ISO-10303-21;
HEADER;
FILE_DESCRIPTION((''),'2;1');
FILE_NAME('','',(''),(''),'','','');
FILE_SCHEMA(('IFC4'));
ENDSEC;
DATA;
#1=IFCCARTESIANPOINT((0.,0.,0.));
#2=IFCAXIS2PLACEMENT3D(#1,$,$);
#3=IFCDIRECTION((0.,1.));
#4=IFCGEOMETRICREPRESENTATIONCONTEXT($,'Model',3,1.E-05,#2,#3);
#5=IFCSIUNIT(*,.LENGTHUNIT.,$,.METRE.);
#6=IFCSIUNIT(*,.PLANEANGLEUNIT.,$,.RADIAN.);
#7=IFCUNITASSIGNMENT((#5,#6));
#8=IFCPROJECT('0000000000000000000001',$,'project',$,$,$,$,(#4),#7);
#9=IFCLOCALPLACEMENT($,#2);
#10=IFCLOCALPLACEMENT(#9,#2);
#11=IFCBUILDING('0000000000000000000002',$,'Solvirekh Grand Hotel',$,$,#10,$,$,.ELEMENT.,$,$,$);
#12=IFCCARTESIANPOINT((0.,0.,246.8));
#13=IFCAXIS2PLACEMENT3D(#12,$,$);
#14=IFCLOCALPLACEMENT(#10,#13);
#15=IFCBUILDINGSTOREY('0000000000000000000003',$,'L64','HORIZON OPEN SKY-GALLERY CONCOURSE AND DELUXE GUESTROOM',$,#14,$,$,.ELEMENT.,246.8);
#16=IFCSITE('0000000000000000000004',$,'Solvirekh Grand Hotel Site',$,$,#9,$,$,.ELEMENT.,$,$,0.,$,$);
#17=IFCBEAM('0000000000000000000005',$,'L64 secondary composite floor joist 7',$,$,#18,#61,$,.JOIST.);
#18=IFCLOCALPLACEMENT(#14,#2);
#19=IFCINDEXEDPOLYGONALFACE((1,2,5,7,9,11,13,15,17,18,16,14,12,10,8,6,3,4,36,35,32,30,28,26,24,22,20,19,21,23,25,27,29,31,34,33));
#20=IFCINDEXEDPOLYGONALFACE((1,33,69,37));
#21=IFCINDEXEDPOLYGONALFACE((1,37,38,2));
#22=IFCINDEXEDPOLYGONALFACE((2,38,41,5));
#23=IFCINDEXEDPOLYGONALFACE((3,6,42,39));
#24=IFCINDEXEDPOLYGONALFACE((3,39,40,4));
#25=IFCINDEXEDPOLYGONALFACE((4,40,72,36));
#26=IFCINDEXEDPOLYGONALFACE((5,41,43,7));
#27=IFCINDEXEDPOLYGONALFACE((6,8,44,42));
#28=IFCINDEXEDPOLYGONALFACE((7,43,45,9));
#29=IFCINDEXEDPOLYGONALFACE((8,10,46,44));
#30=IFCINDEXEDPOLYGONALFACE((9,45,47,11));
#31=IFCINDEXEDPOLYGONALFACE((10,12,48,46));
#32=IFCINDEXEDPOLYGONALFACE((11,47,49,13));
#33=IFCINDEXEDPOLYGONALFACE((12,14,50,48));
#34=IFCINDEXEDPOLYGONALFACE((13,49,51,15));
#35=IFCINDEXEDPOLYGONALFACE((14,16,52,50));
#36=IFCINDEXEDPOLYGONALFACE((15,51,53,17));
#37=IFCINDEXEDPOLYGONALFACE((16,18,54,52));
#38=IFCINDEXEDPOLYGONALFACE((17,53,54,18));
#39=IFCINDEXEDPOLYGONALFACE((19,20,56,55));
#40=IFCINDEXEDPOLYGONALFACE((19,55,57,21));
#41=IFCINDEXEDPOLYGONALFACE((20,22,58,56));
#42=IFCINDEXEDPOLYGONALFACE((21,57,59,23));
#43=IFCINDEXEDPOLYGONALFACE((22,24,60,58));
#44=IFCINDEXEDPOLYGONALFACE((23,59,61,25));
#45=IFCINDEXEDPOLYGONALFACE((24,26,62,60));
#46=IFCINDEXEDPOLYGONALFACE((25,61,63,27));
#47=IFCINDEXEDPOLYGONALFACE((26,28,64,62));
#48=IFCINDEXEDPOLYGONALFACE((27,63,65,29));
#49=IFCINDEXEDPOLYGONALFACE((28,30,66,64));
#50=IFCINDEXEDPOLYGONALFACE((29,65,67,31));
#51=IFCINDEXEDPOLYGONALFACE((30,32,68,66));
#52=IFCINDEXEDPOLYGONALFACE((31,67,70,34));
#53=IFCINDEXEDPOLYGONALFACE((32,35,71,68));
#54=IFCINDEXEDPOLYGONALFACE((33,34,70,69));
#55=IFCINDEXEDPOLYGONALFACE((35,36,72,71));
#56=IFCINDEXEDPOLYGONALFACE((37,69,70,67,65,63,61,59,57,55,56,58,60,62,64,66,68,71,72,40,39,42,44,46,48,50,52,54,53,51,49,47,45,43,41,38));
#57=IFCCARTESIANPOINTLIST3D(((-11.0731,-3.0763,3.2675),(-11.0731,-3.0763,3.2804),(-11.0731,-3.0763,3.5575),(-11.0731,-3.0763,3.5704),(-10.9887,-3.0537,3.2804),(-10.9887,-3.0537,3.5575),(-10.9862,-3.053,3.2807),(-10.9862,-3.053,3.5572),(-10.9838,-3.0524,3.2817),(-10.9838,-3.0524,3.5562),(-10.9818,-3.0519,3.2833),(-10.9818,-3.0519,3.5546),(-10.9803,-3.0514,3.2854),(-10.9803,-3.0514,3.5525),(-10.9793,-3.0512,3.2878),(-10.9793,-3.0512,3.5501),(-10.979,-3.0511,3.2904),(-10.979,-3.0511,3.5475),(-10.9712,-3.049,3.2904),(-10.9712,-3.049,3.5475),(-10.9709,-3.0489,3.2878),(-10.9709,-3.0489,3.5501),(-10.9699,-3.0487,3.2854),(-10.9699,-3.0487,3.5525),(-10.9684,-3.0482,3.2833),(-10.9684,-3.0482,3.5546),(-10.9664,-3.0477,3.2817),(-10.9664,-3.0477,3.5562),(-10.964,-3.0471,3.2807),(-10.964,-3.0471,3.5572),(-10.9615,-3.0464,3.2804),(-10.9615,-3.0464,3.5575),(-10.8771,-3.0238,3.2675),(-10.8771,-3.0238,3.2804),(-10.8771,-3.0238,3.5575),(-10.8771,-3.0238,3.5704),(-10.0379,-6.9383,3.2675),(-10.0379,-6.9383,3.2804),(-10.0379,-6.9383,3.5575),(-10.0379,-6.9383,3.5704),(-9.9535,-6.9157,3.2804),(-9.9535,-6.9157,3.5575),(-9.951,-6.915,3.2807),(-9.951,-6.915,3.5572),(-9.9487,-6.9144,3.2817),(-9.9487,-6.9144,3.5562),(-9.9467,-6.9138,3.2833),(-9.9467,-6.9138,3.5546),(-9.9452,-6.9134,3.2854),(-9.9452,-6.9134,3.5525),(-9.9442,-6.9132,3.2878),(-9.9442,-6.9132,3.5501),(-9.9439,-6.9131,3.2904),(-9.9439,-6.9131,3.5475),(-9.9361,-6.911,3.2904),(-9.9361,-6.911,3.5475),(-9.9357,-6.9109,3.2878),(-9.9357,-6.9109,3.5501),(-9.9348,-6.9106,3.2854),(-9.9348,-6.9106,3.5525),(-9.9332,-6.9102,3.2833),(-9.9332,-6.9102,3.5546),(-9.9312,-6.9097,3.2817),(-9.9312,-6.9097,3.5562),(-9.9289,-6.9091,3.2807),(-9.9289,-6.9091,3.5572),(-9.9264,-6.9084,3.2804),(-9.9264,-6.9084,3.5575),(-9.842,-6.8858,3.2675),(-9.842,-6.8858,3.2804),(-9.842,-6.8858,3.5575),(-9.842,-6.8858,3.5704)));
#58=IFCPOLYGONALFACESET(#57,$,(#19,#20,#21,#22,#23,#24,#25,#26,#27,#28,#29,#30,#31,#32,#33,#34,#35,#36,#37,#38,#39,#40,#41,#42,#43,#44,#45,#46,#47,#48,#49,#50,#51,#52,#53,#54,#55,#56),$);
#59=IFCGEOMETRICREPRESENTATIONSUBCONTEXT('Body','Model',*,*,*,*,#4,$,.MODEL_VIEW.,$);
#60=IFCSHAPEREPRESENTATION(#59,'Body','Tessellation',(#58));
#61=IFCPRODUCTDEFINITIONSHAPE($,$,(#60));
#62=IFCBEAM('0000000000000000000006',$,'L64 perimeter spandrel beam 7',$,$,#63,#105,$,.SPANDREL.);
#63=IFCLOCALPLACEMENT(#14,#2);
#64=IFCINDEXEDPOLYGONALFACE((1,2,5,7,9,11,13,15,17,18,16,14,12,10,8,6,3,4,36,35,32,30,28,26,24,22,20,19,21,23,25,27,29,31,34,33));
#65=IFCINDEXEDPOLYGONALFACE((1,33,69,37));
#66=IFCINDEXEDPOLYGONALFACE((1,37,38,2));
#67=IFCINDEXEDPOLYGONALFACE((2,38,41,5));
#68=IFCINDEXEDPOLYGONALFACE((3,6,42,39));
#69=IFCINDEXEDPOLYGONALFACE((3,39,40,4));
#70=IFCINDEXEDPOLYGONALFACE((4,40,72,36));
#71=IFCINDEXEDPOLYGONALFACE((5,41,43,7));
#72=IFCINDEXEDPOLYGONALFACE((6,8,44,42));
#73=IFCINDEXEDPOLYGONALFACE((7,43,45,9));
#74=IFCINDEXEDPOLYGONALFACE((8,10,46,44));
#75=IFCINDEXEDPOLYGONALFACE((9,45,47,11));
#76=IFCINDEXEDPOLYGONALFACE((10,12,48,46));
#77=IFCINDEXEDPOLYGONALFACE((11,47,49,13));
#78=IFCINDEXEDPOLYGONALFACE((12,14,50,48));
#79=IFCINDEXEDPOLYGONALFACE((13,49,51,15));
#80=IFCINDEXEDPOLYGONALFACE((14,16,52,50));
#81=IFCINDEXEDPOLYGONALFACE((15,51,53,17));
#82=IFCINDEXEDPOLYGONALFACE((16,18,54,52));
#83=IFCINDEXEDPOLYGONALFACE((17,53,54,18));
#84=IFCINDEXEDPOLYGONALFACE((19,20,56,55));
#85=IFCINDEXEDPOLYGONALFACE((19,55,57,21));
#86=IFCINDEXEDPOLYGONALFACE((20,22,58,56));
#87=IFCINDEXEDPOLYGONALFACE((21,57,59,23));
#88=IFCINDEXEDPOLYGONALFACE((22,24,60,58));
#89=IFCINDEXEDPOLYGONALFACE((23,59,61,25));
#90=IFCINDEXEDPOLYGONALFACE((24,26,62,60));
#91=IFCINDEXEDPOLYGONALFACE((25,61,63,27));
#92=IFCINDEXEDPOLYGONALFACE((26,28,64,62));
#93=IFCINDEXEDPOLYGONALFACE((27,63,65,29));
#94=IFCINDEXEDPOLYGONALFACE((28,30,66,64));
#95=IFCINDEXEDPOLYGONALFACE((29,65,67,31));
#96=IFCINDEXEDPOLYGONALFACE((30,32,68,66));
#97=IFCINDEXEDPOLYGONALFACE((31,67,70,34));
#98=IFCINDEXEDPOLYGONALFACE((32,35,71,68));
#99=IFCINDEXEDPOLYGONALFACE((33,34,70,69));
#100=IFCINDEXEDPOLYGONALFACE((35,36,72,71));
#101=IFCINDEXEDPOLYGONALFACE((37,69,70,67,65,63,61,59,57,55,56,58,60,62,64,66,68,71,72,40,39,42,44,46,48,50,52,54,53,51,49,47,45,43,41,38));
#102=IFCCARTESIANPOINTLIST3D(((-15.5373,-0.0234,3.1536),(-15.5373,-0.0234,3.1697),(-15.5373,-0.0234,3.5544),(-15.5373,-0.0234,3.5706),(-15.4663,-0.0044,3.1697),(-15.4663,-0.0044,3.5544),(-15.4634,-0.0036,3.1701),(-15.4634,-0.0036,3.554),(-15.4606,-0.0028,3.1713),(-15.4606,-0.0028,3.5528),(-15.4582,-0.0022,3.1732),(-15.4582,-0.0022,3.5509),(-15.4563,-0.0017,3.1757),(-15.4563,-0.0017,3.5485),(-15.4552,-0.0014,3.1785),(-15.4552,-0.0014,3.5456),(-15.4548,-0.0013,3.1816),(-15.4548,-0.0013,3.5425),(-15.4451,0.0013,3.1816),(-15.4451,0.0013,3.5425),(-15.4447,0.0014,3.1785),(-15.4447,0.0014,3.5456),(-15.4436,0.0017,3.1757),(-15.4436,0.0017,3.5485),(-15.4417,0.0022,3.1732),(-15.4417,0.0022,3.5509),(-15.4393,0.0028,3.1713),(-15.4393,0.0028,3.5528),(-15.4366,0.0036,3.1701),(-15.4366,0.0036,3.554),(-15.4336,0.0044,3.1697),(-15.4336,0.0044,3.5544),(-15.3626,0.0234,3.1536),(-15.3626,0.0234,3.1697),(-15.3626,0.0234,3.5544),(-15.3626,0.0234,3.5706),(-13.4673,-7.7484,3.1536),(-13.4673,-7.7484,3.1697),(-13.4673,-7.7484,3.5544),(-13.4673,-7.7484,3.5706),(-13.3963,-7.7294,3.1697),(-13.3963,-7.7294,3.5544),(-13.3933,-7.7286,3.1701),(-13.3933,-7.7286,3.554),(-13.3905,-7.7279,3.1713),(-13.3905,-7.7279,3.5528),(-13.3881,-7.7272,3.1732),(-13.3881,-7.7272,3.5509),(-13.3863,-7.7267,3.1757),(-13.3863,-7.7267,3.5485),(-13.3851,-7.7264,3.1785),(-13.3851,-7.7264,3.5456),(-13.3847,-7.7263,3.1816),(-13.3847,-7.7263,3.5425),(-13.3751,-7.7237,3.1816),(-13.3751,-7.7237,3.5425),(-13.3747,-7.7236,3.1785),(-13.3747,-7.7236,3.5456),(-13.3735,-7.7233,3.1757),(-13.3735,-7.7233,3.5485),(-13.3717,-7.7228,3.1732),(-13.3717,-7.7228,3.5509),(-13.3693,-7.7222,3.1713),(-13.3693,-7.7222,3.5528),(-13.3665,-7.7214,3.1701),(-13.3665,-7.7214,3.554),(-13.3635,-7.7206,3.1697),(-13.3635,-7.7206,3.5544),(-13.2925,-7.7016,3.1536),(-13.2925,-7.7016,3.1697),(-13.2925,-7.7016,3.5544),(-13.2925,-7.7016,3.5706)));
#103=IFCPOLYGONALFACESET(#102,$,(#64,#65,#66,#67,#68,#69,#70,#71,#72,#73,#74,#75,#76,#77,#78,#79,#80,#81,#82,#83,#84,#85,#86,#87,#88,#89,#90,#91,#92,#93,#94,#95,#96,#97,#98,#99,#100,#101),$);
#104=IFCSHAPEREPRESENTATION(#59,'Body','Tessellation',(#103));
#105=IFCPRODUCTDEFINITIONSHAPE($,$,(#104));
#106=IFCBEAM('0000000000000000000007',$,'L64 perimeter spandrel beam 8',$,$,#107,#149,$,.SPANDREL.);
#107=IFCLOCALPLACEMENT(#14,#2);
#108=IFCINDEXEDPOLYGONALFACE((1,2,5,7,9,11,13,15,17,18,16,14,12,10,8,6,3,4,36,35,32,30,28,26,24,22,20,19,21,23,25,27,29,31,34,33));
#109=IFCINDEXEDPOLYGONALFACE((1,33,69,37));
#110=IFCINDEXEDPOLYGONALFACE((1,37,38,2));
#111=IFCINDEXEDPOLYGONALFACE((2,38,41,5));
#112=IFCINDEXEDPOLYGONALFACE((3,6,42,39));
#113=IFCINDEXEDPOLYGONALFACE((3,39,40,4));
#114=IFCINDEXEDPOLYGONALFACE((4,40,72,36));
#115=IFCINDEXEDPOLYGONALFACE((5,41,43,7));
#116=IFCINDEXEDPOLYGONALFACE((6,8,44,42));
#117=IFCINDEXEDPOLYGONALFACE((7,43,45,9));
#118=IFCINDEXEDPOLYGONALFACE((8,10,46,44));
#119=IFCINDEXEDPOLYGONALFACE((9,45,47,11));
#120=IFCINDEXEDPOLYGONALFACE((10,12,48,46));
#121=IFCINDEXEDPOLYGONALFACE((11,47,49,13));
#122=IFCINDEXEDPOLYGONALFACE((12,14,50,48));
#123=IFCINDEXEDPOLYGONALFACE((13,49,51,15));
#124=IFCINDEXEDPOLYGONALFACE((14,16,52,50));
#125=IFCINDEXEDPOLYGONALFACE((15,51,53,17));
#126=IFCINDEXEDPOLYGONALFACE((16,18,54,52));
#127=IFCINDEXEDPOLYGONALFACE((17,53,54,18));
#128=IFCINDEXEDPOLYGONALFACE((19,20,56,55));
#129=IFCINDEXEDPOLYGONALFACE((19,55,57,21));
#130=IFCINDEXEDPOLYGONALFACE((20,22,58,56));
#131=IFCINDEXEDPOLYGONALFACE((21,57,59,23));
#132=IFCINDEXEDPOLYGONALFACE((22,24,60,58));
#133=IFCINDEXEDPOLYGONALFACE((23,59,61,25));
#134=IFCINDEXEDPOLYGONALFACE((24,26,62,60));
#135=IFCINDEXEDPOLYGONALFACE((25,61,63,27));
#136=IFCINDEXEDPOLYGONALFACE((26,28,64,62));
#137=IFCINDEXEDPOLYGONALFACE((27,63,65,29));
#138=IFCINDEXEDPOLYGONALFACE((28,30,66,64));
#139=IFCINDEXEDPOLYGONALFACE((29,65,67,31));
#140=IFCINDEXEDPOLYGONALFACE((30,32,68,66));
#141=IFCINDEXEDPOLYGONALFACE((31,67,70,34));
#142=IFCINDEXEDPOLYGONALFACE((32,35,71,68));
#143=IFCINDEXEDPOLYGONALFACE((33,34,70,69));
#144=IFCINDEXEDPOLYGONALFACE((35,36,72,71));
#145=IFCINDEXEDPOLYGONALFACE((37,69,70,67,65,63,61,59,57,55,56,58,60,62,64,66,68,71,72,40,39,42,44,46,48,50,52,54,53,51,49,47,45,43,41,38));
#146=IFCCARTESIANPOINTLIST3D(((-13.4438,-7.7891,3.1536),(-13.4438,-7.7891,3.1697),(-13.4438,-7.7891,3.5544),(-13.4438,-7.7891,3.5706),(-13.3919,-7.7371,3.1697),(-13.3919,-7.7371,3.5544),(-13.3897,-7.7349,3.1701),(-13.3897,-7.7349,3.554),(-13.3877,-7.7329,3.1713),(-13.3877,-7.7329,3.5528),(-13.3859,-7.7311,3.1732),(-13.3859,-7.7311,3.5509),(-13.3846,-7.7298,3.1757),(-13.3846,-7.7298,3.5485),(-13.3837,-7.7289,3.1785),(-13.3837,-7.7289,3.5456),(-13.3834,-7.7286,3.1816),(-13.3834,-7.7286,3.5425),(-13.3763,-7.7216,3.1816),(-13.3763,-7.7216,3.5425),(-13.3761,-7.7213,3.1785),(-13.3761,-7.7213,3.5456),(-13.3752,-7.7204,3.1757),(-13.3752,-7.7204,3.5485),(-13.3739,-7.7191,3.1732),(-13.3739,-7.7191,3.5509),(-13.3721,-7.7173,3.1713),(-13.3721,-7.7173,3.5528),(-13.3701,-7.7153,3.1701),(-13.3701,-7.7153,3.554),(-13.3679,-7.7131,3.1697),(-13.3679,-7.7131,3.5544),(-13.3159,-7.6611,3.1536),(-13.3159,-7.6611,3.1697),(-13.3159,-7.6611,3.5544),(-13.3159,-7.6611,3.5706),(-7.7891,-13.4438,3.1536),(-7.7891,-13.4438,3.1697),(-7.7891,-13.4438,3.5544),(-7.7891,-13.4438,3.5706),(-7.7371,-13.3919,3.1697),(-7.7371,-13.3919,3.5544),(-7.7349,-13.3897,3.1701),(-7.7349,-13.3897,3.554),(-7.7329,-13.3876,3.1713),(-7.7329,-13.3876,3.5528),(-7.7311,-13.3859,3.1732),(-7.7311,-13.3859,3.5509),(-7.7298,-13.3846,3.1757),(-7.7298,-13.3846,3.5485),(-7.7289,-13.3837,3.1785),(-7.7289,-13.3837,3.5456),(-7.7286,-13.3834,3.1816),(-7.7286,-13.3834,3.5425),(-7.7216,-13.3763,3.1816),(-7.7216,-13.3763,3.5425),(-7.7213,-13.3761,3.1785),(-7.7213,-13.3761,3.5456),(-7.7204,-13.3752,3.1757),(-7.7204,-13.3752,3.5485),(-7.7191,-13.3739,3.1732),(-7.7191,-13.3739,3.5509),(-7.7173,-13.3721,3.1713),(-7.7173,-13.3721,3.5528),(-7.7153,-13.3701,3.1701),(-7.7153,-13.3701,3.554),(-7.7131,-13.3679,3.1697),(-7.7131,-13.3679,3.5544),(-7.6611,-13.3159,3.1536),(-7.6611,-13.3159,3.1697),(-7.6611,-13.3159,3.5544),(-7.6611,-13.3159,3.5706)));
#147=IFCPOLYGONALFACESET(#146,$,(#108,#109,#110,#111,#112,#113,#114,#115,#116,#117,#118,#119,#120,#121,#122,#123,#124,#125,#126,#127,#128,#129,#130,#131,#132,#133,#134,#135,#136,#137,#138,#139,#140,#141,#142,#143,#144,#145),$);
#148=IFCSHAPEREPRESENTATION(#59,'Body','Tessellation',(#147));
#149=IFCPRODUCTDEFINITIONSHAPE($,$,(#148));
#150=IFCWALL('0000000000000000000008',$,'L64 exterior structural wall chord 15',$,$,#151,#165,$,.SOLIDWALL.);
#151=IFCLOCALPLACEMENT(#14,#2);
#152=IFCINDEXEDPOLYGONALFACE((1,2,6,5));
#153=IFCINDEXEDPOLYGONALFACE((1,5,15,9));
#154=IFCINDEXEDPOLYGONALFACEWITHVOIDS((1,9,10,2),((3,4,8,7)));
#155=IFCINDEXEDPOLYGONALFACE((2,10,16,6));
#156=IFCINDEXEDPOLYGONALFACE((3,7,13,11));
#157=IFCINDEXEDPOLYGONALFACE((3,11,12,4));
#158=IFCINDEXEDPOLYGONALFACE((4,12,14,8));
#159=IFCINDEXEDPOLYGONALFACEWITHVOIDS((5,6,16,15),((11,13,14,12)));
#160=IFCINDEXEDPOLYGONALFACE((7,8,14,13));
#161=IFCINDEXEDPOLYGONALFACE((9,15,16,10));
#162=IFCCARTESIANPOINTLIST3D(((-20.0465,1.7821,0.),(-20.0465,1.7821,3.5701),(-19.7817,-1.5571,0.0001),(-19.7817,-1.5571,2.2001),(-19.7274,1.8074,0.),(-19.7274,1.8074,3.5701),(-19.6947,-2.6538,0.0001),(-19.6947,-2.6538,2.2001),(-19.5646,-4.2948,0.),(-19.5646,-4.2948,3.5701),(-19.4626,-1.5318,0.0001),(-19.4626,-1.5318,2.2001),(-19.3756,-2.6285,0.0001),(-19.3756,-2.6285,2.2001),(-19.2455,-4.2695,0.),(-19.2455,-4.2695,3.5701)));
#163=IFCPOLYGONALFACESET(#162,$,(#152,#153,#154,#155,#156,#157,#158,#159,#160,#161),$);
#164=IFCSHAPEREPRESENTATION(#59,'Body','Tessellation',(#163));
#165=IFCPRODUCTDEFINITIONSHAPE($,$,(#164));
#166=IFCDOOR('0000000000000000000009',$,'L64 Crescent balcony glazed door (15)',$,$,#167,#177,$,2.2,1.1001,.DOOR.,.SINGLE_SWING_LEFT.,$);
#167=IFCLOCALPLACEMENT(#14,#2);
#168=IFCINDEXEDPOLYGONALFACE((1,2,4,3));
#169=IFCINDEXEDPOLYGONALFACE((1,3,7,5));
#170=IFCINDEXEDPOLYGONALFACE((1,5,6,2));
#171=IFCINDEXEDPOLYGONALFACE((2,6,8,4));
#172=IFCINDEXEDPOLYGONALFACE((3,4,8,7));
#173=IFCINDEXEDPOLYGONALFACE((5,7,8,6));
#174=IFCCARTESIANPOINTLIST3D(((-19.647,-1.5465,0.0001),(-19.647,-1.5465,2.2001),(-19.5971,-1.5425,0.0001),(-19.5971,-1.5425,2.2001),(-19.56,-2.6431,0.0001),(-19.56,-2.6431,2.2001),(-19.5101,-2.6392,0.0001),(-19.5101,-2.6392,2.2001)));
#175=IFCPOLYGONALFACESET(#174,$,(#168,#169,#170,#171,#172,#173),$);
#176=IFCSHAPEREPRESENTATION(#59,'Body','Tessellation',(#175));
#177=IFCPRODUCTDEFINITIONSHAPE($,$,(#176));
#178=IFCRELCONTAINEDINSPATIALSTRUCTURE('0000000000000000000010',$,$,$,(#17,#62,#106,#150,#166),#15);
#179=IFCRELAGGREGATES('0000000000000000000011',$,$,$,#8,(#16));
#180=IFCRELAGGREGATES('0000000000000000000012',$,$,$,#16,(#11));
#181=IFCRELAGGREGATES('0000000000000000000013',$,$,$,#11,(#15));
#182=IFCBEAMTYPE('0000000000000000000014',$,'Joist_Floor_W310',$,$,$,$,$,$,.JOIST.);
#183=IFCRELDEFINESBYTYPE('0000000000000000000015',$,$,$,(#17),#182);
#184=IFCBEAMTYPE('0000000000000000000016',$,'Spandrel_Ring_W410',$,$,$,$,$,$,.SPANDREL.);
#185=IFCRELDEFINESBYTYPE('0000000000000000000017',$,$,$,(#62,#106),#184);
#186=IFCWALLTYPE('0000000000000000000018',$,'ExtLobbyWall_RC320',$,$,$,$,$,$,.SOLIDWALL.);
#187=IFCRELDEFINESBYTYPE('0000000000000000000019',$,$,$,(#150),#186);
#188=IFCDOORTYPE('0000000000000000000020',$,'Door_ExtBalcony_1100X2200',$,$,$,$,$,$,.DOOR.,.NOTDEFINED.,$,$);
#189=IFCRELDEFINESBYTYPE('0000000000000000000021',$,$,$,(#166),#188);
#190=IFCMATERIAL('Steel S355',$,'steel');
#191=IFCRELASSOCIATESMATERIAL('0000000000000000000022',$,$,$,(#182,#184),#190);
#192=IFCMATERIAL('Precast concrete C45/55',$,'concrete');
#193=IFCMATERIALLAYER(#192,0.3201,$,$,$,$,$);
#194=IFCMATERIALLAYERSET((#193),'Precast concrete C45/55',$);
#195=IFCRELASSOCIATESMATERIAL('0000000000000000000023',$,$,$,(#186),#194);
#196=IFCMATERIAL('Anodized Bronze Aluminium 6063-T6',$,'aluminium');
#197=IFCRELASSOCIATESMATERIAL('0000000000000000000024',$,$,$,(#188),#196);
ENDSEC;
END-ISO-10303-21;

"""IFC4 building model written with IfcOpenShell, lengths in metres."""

from ifc_helpers import new_model, si_unit, direction, frame, frame_2d, origin, origin_2d, place, context, subcontext, project, spatial, rectangle, i_section, extrude, material, layer, layer_set, material_profile, profile_set, type_object, element, fill, save


model = new_model("IFC4")

# Units and contexts
model_context = context("Model", 3, precision=1e-05, world=origin(), true_north=direction((0.0, 1.0)))
body_context = subcontext(model_context, "Body", "Model", "MODEL_VIEW")
ifc_project = project(units=[si_unit("LENGTHUNIT", "METRE"), si_unit("PLANEANGLEUNIT", "RADIAN")], contexts=[model_context])

# Site, building, storey
site_placement = place(None, origin())
site = spatial("IfcSite", under=ifc_project, at=site_placement, Name="Solvirekh Grand Hotel Site", CompositionType="ELEMENT", RefElevation=0.0)
building_placement = place(site_placement, origin())
building = spatial("IfcBuilding", under=site, at=building_placement, Name="Solvirekh Grand Hotel", CompositionType="ELEMENT")
storey_placement = place(building_placement, frame((0.0, 0.0, 246.8)))
storey = spatial("IfcBuildingStorey", under=building, at=storey_placement, Name="L64", Description="HORIZON OPEN SKY-GALLERY CONCOURSE AND DELUXE GUESTROOM", CompositionType="ELEMENT", Elevation=246.8)

# Beams
ifc_material_1 = material(Name="Steel S355", Category="steel")
ifc_material_profile_1 = material_profile(ifc_material_1, i_section(OverallWidth=0.2029, OverallDepth=0.303, WebThickness=0.0081, FlangeThickness=0.0129, FilletRadius=0.01, at=origin_2d()), Name="W310X60")
ifc_profile_set_1 = profile_set([ifc_material_profile_1], Name="Steel S355")
beam_type_1 = type_object("IfcBeamType", Name="Joist_Floor_W310", PredefinedType="JOIST", material=ifc_profile_set_1)
beam_1_placement = place(storey_placement, frame((-10.9751, -3.05, 3.4189), z_axis=(0.258894, -0.965906, 0.0), x_axis=(0.965906, 0.258894, 0.0)))
element("IfcBeam", 1, at=beam_1_placement, inside=storey, type_object=beam_type_1, Name="L64 secondary composite floor joist 7", PredefinedType="JOIST", context=body_context, shape_type="SweptSolid", body=[
    extrude(i_section(OverallWidth=0.2029, OverallDepth=0.303, WebThickness=0.0081, FlangeThickness=0.0129, FilletRadius=0.01, at=origin_2d()), origin(), (0.0, 0.0, 1.0), 3.9983),
])
ifc_material_profile_2 = material_profile(ifc_material_1, i_section(OverallWidth=0.1809, OverallDepth=0.417, WebThickness=0.01, FlangeThickness=0.0161, FilletRadius=0.012, at=origin_2d()), Name="W410X85")
ifc_profile_set_2 = profile_set([ifc_material_profile_2], Name="Steel S355")
beam_type_2 = type_object("IfcBeamType", Name="Spandrel_Ring_W410", PredefinedType="SPANDREL", material=ifc_profile_set_2)
beam_2_placement = place(storey_placement, frame((-15.45, 0.0, 3.3621), z_axis=(0.258835, -0.965922, 0.0), x_axis=(0.965922, 0.258835, 0.0)))
element("IfcBeam", 2, at=beam_2_placement, inside=storey, type_object=beam_type_2, Name="L64 perimeter spandrel beam 7", PredefinedType="SPANDREL", context=body_context, shape_type="SweptSolid", body=[
    extrude(i_section(OverallWidth=0.1809, OverallDepth=0.417, WebThickness=0.01, FlangeThickness=0.0161, FilletRadius=0.012, at=origin_2d()), origin(), (0.0, 0.0, 1.0), 7.9976),
])
beam_3_placement = place(storey_placement, frame((-13.3799, -7.7251, 3.3621), z_axis=(0.707107, -0.707107, 0.0), x_axis=(0.707107, 0.707107, 0.0)))
element("IfcBeam", 3, at=beam_3_placement, inside=storey, type_object=beam_type_2, Name="L64 perimeter spandrel beam 8", PredefinedType="SPANDREL", context=body_context, shape_type="SweptSolid", body=[
    extrude(i_section(OverallWidth=0.1809, OverallDepth=0.417, WebThickness=0.01, FlangeThickness=0.0161, FilletRadius=0.012, at=origin_2d()), origin(), (0.0, 0.0, 1.0), 7.9971),
])

# Wall, opening, door
ifc_material_2 = material(Name="Precast concrete C45/55", Category="concrete")
ifc_layer_1 = layer(ifc_material_2, 0.3201)
ifc_layer_set_1 = layer_set([ifc_layer_1], Name="Precast concrete C45/55")
wall_type_1 = type_object("IfcWallType", Name="ExtLobbyWall_RC320", PredefinedType="SOLIDWALL", material=ifc_layer_set_1)
wall_1_placement = place(storey_placement, frame((-19.405, -4.282, 0.0), z_axis=(0.0, 0.0, 1.0), x_axis=(-0.079058, 0.99687, 0.0)))
wall_1 = element("IfcWall", 4, at=wall_1_placement, inside=storey, type_object=wall_type_1, Name="L64 exterior structural wall chord 15", PredefinedType="SOLIDWALL", context=body_context, shape_type="SweptSolid", body=[
    extrude(rectangle(XDim=6.0959, YDim=0.3201, at=frame_2d((3.0479, 0.0))), origin(), (0.0, 0.0, 1.0), 3.5701),
])
opening_1_placement = place(wall_1_placement, frame((1.646, 0.0, 0.0)))
opening_1 = element("IfcOpeningElement", 5, at=opening_1_placement, cuts=wall_1, PredefinedType="OPENING", context=body_context, shape_type="SweptSolid", body=[
    extrude(rectangle(XDim=1.1001, YDim=2.2, at=frame_2d((0.55, 1.1001))), frame((0.0, 0.1699, 0.0), z_axis=(0.0, -1.0, 0.0), x_axis=(1.0, 0.0, 0.0)), (0.0, 0.0, 1.0), 0.3401),
])
ifc_material_3 = material(Name="Anodized Bronze Aluminium 6063-T6", Category="aluminium")
door_type_1 = type_object("IfcDoorType", Name="Door_ExtBalcony_1100X2200", OperationType="NOTDEFINED", PredefinedType="DOOR", material=ifc_material_3)
door_1_placement = place(opening_1_placement, origin())
door_1 = element("IfcDoor", 6, at=door_1_placement, inside=storey, type_object=door_type_1, Name="L64 Crescent balcony glazed door (15)", OperationType="SINGLE_SWING_LEFT", OverallHeight=2.2, OverallWidth=1.1001, PredefinedType="DOOR", context=body_context, shape_type="SweptSolid", body=[
    extrude(rectangle(XDim=1.1001, YDim=2.2, at=frame_2d((0.55, 1.1001))), frame((0.0, 0.0249, 0.0), z_axis=(0.0, -1.0, 0.0), x_axis=(1.0, 0.0, 0.0)), (0.0, 0.0, 1.0), 0.05),
])
fill(opening_1, door_1)

save(model, "model.ifc")
